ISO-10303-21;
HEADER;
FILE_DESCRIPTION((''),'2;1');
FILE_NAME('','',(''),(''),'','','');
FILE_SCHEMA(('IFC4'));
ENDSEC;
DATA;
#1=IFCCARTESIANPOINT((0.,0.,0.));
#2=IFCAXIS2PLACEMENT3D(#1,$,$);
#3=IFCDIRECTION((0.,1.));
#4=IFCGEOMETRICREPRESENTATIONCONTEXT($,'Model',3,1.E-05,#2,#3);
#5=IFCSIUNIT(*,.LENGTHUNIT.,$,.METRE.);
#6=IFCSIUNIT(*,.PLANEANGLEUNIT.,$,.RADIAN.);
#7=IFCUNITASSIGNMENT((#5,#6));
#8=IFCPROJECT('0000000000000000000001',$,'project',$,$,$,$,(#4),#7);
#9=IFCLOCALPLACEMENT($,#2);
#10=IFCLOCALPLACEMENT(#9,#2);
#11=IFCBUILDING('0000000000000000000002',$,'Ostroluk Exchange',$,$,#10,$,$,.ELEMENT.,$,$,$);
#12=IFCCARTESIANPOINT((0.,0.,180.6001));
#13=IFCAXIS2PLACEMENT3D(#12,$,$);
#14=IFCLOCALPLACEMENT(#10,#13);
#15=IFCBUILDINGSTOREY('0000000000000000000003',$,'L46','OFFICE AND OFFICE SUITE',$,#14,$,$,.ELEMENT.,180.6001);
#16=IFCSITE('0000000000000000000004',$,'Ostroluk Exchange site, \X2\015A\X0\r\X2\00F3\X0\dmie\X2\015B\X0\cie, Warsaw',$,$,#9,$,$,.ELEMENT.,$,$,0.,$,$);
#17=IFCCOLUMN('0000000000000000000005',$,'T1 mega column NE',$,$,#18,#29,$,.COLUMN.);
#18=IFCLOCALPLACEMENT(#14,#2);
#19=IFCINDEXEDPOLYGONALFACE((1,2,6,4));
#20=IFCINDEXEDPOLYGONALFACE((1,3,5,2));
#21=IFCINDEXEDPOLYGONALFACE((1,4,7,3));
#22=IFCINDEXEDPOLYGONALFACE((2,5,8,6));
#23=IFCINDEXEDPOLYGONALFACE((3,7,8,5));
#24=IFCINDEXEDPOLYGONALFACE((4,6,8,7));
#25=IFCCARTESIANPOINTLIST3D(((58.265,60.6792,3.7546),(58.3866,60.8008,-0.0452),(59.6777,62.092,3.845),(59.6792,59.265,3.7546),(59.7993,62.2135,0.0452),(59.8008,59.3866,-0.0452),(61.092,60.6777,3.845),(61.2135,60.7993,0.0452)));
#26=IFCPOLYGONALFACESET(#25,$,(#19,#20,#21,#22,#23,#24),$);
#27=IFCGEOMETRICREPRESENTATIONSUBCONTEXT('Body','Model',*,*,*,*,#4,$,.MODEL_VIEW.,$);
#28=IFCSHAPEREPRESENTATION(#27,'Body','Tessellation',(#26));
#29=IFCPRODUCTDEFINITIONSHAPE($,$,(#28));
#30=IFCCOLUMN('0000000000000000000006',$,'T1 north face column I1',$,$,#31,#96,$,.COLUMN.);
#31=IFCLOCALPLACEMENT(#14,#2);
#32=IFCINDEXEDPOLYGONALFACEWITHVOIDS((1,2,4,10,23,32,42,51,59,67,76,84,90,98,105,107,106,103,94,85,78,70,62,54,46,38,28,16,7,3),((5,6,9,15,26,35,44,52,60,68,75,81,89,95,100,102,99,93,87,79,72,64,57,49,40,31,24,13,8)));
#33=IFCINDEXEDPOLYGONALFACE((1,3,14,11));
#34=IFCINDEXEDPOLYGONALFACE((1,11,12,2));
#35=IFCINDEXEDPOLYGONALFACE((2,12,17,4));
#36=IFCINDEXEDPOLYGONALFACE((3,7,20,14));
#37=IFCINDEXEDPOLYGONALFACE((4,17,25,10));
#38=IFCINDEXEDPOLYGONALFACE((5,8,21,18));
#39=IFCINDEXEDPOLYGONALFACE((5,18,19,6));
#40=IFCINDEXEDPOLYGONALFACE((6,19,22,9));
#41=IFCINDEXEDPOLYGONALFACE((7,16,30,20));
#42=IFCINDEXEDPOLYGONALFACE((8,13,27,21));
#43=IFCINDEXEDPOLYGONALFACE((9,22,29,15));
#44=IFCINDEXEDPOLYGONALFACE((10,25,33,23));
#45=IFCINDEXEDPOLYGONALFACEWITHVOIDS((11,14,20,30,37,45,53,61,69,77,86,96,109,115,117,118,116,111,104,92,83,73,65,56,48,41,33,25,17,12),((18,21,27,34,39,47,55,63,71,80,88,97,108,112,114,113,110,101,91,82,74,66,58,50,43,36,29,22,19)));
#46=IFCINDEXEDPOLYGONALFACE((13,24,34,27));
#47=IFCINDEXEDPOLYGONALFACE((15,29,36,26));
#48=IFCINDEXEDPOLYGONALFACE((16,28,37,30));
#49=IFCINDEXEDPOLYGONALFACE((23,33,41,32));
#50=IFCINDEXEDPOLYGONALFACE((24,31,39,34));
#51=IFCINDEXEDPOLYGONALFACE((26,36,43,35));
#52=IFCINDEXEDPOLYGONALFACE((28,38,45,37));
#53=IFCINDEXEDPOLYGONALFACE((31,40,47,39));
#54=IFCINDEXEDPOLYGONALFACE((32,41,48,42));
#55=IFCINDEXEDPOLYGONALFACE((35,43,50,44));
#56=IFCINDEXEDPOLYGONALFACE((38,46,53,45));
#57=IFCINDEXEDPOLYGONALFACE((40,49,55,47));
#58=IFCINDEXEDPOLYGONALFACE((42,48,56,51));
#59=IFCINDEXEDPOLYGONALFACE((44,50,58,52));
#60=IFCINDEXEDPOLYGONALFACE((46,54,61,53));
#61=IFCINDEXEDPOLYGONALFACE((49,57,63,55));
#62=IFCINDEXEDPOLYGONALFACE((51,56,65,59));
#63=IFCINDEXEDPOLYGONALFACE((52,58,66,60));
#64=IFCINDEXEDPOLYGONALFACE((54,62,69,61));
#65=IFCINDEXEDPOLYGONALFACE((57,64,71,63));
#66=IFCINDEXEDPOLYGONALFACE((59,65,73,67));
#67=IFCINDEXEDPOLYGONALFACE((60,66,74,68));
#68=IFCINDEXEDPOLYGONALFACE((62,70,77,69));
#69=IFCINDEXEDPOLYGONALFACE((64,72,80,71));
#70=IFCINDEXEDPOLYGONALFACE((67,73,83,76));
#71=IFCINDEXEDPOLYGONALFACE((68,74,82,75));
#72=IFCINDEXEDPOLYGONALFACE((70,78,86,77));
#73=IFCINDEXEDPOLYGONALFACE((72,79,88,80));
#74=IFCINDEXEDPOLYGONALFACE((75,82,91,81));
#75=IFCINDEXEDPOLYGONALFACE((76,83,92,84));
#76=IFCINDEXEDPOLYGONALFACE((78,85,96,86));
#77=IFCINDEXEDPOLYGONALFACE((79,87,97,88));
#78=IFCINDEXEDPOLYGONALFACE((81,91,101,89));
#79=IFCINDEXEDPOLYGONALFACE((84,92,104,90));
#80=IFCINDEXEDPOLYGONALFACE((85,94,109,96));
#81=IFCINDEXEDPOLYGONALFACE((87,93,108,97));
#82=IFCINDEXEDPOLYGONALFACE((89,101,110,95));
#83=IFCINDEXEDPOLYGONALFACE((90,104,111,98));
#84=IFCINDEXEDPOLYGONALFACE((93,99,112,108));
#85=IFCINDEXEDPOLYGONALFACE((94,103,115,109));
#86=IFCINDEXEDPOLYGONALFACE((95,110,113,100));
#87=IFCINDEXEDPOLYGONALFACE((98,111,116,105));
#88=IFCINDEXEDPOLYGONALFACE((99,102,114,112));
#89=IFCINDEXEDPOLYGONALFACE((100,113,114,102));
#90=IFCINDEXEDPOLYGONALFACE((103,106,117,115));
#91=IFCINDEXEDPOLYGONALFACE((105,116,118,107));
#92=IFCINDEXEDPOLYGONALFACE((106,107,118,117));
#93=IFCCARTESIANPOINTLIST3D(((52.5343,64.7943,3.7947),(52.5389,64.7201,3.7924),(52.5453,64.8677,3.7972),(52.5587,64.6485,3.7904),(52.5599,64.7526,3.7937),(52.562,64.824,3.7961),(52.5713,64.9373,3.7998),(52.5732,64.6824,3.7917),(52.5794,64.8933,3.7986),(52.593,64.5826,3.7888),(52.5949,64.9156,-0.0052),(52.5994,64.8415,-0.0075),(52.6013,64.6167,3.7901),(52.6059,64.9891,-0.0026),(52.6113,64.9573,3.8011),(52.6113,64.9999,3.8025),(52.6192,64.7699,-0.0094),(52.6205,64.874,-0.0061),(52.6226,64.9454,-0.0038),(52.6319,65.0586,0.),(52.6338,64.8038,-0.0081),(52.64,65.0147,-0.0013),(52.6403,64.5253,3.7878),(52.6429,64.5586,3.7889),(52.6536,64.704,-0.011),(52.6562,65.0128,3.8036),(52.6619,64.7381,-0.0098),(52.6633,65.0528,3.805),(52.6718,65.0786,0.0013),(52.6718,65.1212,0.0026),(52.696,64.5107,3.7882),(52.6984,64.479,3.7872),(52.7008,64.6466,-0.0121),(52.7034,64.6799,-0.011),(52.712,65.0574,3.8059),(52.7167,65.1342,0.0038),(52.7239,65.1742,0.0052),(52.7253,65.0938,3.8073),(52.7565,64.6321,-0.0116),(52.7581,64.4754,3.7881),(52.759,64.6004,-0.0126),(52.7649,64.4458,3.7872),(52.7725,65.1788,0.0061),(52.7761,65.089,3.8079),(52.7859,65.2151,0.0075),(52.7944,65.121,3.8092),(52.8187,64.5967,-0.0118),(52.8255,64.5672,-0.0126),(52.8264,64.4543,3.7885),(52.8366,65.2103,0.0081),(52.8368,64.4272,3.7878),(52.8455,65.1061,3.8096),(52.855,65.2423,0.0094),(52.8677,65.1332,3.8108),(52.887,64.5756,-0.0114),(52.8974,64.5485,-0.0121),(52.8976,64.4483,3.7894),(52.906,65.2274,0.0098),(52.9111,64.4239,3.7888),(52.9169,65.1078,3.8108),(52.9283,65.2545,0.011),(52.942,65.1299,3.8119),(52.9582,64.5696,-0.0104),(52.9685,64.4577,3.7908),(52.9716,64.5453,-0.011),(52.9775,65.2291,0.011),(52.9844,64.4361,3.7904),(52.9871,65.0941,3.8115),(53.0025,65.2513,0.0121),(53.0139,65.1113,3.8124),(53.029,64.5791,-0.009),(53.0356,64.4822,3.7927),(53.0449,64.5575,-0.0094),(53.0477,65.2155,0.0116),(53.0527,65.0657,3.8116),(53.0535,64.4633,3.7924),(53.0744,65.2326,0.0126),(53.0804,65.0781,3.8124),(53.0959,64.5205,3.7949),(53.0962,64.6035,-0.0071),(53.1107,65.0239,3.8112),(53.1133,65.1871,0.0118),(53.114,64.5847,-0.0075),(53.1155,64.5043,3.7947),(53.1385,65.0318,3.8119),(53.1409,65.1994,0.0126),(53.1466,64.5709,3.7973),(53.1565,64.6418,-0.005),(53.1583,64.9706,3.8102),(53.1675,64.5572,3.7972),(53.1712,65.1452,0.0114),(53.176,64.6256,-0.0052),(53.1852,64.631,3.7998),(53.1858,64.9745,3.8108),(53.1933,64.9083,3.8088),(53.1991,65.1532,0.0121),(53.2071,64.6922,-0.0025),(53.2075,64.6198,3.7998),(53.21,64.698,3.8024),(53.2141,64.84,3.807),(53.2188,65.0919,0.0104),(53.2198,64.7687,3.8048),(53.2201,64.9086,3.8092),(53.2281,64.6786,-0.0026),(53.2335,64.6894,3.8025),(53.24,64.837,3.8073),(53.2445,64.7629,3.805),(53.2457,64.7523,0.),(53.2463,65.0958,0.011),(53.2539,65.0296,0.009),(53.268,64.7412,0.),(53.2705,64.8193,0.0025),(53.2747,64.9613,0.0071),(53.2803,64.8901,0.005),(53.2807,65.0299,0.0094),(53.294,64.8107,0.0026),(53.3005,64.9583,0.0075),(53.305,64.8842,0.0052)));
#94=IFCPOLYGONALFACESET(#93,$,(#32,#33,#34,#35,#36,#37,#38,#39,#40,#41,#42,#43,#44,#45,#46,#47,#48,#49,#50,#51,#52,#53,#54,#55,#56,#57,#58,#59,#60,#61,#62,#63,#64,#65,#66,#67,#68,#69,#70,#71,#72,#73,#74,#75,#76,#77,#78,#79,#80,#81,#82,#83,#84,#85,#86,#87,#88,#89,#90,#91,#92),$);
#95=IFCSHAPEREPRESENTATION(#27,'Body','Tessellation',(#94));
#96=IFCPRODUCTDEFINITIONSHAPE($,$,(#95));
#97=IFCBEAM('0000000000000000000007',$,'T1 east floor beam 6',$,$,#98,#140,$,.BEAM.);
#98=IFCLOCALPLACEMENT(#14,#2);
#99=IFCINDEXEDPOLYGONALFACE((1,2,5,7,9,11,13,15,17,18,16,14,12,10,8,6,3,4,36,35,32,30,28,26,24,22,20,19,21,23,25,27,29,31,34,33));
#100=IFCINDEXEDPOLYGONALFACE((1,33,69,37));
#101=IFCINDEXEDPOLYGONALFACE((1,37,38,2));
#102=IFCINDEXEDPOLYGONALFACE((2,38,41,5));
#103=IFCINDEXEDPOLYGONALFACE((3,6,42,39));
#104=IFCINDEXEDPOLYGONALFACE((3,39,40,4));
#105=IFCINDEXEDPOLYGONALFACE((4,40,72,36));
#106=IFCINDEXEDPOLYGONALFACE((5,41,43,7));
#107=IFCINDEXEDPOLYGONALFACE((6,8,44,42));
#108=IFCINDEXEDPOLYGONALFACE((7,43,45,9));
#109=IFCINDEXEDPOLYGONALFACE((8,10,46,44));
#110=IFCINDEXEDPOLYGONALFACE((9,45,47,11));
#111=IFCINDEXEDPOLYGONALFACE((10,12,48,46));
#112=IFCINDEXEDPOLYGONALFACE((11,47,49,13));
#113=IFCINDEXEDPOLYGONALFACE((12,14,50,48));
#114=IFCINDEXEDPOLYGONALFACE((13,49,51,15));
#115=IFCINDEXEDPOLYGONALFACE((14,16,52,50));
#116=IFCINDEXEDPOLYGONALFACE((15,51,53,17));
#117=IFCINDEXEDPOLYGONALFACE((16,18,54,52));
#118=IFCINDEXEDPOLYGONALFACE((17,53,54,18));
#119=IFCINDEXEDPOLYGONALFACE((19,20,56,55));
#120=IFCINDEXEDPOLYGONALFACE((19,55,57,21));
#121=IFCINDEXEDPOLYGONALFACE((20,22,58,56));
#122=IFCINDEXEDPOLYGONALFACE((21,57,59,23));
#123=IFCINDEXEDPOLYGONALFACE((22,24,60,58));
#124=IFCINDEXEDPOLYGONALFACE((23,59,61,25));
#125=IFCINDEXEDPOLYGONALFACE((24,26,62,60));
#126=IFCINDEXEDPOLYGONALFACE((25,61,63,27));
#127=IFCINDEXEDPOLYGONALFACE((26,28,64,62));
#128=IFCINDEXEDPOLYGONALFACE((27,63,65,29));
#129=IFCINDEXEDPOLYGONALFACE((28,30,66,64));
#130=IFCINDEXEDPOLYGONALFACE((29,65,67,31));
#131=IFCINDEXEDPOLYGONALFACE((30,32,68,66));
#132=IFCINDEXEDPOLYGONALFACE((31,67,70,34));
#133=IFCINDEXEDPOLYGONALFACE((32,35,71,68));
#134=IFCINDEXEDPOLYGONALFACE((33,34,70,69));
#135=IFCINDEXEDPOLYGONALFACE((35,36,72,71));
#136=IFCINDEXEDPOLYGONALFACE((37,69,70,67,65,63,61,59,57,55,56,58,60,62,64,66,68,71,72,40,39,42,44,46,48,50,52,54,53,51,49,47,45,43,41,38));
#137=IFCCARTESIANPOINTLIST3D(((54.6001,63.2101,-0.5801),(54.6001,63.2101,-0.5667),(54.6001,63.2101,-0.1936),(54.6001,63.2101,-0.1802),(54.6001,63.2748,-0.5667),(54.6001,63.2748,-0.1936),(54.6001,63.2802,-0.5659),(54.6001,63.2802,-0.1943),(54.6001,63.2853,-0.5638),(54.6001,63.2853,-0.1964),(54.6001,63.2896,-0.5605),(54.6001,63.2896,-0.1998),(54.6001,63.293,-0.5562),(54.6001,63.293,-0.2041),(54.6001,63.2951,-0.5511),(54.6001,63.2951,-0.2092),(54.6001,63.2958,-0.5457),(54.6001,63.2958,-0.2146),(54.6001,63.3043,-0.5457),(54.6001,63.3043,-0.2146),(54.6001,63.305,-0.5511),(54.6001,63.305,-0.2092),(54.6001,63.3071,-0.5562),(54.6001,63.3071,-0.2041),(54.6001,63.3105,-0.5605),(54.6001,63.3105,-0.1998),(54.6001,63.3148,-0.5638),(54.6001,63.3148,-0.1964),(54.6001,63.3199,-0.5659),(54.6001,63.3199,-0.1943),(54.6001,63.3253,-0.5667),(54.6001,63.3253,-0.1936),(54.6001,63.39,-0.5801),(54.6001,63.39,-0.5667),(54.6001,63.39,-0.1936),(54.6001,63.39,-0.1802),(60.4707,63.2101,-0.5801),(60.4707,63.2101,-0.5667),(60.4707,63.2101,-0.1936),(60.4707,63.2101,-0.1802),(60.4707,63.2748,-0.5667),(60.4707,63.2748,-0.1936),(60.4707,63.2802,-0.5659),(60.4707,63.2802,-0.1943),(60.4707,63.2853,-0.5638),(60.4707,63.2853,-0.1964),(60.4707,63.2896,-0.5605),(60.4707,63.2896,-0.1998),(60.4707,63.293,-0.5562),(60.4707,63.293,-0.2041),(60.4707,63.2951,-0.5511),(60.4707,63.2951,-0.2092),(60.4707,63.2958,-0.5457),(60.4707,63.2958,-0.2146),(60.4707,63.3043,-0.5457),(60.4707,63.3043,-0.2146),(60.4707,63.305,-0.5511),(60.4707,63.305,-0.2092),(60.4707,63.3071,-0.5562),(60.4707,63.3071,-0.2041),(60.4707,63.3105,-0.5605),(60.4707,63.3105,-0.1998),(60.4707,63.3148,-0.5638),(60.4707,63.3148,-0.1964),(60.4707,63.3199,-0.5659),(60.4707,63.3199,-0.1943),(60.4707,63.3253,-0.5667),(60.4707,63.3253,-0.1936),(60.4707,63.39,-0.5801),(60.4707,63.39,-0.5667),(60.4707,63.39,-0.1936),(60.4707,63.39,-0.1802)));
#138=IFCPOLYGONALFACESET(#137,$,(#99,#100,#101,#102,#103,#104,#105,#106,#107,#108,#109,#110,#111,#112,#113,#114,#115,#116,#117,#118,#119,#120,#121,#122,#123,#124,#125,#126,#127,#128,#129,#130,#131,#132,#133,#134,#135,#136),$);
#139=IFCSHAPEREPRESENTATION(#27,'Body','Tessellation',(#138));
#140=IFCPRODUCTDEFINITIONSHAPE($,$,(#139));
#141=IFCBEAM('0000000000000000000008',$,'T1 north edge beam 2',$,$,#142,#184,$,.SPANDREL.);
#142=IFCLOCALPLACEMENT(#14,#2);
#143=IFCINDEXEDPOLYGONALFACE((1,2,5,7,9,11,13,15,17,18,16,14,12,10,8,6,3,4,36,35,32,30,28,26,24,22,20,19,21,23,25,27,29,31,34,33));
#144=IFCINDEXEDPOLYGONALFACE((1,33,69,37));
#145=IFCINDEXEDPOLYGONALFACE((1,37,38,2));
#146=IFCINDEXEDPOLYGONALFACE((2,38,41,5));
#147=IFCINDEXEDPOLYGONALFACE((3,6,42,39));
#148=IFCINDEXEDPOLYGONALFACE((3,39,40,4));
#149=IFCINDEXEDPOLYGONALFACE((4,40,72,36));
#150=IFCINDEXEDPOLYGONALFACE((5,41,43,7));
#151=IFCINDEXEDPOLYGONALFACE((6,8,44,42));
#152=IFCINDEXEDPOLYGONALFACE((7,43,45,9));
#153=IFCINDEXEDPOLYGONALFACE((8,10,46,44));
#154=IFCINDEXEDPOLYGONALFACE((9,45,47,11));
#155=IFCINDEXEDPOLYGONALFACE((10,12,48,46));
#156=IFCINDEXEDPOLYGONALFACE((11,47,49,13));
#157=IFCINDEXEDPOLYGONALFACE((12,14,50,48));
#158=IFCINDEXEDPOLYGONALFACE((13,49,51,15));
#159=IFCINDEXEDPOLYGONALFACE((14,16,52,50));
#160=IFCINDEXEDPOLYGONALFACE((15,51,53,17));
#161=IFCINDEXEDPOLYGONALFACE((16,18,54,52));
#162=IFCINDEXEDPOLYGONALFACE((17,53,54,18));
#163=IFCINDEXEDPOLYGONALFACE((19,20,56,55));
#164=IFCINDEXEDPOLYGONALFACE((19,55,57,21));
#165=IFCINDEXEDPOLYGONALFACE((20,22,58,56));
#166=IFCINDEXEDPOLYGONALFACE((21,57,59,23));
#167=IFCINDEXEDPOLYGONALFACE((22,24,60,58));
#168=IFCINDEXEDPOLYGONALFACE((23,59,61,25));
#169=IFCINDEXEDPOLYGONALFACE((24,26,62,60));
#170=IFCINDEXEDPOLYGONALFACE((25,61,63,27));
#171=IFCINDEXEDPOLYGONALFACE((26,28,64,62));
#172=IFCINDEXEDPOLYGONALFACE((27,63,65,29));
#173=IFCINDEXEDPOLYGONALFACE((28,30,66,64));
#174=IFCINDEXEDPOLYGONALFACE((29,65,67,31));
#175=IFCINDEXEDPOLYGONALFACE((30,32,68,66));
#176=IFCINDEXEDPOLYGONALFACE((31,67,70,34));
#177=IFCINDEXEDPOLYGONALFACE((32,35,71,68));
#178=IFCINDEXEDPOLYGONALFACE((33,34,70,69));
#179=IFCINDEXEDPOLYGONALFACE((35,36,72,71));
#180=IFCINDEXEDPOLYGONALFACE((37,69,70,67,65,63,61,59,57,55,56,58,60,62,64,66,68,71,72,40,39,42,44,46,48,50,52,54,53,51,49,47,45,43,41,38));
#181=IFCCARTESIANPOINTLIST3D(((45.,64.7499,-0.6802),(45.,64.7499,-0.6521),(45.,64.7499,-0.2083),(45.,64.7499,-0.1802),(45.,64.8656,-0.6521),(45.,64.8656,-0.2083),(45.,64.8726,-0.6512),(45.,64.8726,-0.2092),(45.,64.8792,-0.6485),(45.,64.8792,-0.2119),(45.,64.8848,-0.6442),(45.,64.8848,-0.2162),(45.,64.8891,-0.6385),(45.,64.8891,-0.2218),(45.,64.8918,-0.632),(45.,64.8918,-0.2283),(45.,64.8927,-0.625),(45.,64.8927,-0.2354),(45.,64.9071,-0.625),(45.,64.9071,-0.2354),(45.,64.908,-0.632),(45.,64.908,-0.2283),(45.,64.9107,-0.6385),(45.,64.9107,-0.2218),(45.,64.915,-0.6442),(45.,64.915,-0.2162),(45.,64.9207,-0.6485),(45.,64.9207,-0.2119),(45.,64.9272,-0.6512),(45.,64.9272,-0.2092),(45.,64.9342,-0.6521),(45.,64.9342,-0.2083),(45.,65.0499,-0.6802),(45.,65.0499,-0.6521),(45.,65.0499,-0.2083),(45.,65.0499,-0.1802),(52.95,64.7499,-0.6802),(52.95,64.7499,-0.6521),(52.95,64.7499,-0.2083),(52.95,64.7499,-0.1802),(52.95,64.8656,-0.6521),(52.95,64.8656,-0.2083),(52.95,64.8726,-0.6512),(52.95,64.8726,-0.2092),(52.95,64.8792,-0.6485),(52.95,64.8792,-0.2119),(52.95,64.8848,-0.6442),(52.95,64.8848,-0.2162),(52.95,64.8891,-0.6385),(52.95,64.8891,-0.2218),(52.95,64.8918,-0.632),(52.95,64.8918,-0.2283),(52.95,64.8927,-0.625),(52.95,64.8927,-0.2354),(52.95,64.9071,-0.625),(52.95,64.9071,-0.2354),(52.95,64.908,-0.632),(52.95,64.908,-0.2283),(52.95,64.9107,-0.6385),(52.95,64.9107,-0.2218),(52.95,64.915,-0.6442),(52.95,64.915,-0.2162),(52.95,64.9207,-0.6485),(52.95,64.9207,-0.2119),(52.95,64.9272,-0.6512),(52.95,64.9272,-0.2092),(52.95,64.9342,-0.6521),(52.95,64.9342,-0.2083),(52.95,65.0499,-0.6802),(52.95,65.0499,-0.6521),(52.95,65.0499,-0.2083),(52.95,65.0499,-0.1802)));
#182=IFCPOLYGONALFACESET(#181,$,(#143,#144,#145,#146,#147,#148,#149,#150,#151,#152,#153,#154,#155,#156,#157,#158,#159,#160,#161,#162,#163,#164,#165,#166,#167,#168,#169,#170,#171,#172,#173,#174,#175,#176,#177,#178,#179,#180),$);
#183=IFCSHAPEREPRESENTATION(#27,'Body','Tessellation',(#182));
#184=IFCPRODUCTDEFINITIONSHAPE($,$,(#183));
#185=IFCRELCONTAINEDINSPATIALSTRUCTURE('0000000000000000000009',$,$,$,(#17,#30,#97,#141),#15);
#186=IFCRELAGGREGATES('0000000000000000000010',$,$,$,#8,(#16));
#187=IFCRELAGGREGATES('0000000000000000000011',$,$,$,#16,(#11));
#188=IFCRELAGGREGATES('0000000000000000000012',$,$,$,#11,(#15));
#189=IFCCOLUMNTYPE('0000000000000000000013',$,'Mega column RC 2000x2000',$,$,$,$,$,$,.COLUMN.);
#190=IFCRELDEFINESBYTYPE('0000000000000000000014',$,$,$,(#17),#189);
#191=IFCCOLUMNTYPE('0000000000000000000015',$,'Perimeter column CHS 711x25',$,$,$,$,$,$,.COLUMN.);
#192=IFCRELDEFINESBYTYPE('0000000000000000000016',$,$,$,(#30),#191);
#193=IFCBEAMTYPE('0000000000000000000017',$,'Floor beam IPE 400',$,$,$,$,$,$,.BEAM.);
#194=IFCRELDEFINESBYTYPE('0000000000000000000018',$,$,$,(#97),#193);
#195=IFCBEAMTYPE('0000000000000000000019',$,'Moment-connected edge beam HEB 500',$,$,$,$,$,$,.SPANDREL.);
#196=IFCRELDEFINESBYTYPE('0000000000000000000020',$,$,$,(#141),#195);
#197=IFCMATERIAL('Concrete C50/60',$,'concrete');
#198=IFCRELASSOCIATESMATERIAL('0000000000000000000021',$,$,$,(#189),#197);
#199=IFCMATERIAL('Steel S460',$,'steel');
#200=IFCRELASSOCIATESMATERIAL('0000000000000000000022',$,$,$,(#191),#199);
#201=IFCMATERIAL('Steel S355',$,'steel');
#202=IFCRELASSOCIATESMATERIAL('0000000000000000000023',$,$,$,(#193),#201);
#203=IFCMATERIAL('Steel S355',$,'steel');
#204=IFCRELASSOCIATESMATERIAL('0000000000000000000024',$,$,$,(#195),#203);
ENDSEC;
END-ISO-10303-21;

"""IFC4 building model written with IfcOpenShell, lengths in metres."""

from ifc_helpers import new_model, si_unit, direction, frame, origin, origin_2d, place, context, subcontext, project, spatial, rectangle, hollow_circle, i_section, extrude, material, material_profile, profile_set, type_object, element, save


model = new_model("IFC4")

# Units and contexts
model_context = context("Model", 3, precision=1e-05, world=origin(), true_north=direction((0.0, 1.0)))
body_context = subcontext(model_context, "Body", "Model", "MODEL_VIEW")
ifc_project = project(units=[si_unit("LENGTHUNIT", "METRE"), si_unit("PLANEANGLEUNIT", "RADIAN")], contexts=[model_context])

# Site, building, storey
site_placement = place(None, origin())
site = spatial("IfcSite", under=ifc_project, at=site_placement, Name="Ostroluk Exchange site, Śródmieście, Warsaw", CompositionType="ELEMENT", RefElevation=0.0)
building_placement = place(site_placement, origin())
building = spatial("IfcBuilding", under=site, at=building_placement, Name="Ostroluk Exchange", CompositionType="ELEMENT")
storey_placement = place(building_placement, frame((0.0, 0.0, 180.6001)))
storey = spatial("IfcBuildingStorey", under=building, at=storey_placement, Name="L46", Description="OFFICE AND OFFICE SUITE", CompositionType="ELEMENT", Elevation=180.6001)

# Columns
ifc_material_1 = material(Name="Concrete C50/60", Category="concrete")
ifc_material_profile_1 = material_profile(ifc_material_1, rectangle(XDim=2.0, YDim=2.0, at=origin_2d()), Name="RC 2000x2000")
ifc_profile_set_1 = profile_set([ifc_material_profile_1], Name="Concrete C50/60")
column_type_1 = type_object("IfcColumnType", Name="Mega column RC 2000x2000", PredefinedType="COLUMN", material=ifc_profile_set_1)
column_1_placement = place(storey_placement, frame((59.8, 60.8, 0.0), z_axis=(-0.031964, -0.031964, 0.998978), x_axis=(0.707107, -0.707107, 0.0)))
element("IfcColumn", 1, at=column_1_placement, inside=storey, type_object=column_type_1, Name="T1 mega column NE", PredefinedType="COLUMN", context=body_context, shape_type="SweptSolid", body=[
    extrude(rectangle(XDim=2.0, YDim=2.0, at=origin_2d()), origin(), (0.0, 0.0, 1.0), 3.8037),
])
ifc_material_2 = material(Name="Steel S460", Category="steel")
ifc_material_profile_2 = material_profile(ifc_material_2, hollow_circle(Radius=0.3555, WallThickness=0.0249, at=origin_2d()), Name="CHS 711x25")
ifc_profile_set_2 = profile_set([ifc_material_profile_2], Name="Steel S460")
column_type_2 = type_object("IfcColumnType", Name="Perimeter column CHS 711x25", PredefinedType="COLUMN", material=ifc_profile_set_2)
column_2_placement = place(storey_placement, frame((52.95, 64.8999, 0.0), z_axis=(-0.015924, -0.031912, 0.999364), x_axis=(0.894787, -0.446493, 0.0)))
element("IfcColumn", 2, at=column_2_placement, inside=storey, type_object=column_type_2, Name="T1 north face column I1", PredefinedType="COLUMN", context=body_context, shape_type="SweptSolid", body=[
    extrude(hollow_circle(Radius=0.3555, WallThickness=0.0249, at=origin_2d()), origin(), (0.0, 0.0, 1.0), 3.8022),
])

# Beams
ifc_material_3 = material(Name="Steel S355", Category="steel")
ifc_material_profile_3 = material_profile(ifc_material_3, i_section(OverallWidth=0.1799, OverallDepth=0.3999, WebThickness=0.0085, FlangeThickness=0.0134, FilletRadius=0.021, at=origin_2d()), Name="IPE 400")
ifc_profile_set_3 = profile_set([ifc_material_profile_3], Name="Steel S355")
beam_type_1 = type_object("IfcBeamType", Name="Floor beam IPE 400", PredefinedType="BEAM", material=ifc_profile_set_3)
beam_1_placement = place(storey_placement, frame((54.6001, 63.3, -0.3801), z_axis=(1.0, 0.0, 0.0), x_axis=(0.0, 1.0, 0.0)))
element("IfcBeam", 3, at=beam_1_placement, inside=storey, type_object=beam_type_1, Name="T1 east floor beam 6", PredefinedType="BEAM", context=body_context, shape_type="SweptSolid", body=[
    extrude(i_section(OverallWidth=0.1799, OverallDepth=0.3999, WebThickness=0.0085, FlangeThickness=0.0134, FilletRadius=0.021, at=origin_2d()), origin(), (0.0, 0.0, 1.0), 5.8706),
])
ifc_material_4 = material(Name="Steel S355", Category="steel")
ifc_material_profile_4 = material_profile(ifc_material_4, i_section(OverallWidth=0.3, OverallDepth=0.5, WebThickness=0.0144, FlangeThickness=0.0281, FilletRadius=0.0271, at=origin_2d()), Name="HEB 500")
ifc_profile_set_4 = profile_set([ifc_material_profile_4], Name="Steel S355")
beam_type_2 = type_object("IfcBeamType", Name="Moment-connected edge beam HEB 500", PredefinedType="SPANDREL", material=ifc_profile_set_4)
beam_2_placement = place(storey_placement, frame((52.95, 64.8999, -0.4302), z_axis=(-1.0, 0.0, 0.0), x_axis=(0.0, -1.0, 0.0)))
element("IfcBeam", 4, at=beam_2_placement, inside=storey, type_object=beam_type_2, Name="T1 north edge beam 2", PredefinedType="SPANDREL", context=body_context, shape_type="SweptSolid", body=[
    extrude(i_section(OverallWidth=0.3, OverallDepth=0.5, WebThickness=0.0144, FlangeThickness=0.0281, FilletRadius=0.0271, at=origin_2d()), origin(), (0.0, 0.0, 1.0), 7.95),
])

save(model, "model.ifc")
